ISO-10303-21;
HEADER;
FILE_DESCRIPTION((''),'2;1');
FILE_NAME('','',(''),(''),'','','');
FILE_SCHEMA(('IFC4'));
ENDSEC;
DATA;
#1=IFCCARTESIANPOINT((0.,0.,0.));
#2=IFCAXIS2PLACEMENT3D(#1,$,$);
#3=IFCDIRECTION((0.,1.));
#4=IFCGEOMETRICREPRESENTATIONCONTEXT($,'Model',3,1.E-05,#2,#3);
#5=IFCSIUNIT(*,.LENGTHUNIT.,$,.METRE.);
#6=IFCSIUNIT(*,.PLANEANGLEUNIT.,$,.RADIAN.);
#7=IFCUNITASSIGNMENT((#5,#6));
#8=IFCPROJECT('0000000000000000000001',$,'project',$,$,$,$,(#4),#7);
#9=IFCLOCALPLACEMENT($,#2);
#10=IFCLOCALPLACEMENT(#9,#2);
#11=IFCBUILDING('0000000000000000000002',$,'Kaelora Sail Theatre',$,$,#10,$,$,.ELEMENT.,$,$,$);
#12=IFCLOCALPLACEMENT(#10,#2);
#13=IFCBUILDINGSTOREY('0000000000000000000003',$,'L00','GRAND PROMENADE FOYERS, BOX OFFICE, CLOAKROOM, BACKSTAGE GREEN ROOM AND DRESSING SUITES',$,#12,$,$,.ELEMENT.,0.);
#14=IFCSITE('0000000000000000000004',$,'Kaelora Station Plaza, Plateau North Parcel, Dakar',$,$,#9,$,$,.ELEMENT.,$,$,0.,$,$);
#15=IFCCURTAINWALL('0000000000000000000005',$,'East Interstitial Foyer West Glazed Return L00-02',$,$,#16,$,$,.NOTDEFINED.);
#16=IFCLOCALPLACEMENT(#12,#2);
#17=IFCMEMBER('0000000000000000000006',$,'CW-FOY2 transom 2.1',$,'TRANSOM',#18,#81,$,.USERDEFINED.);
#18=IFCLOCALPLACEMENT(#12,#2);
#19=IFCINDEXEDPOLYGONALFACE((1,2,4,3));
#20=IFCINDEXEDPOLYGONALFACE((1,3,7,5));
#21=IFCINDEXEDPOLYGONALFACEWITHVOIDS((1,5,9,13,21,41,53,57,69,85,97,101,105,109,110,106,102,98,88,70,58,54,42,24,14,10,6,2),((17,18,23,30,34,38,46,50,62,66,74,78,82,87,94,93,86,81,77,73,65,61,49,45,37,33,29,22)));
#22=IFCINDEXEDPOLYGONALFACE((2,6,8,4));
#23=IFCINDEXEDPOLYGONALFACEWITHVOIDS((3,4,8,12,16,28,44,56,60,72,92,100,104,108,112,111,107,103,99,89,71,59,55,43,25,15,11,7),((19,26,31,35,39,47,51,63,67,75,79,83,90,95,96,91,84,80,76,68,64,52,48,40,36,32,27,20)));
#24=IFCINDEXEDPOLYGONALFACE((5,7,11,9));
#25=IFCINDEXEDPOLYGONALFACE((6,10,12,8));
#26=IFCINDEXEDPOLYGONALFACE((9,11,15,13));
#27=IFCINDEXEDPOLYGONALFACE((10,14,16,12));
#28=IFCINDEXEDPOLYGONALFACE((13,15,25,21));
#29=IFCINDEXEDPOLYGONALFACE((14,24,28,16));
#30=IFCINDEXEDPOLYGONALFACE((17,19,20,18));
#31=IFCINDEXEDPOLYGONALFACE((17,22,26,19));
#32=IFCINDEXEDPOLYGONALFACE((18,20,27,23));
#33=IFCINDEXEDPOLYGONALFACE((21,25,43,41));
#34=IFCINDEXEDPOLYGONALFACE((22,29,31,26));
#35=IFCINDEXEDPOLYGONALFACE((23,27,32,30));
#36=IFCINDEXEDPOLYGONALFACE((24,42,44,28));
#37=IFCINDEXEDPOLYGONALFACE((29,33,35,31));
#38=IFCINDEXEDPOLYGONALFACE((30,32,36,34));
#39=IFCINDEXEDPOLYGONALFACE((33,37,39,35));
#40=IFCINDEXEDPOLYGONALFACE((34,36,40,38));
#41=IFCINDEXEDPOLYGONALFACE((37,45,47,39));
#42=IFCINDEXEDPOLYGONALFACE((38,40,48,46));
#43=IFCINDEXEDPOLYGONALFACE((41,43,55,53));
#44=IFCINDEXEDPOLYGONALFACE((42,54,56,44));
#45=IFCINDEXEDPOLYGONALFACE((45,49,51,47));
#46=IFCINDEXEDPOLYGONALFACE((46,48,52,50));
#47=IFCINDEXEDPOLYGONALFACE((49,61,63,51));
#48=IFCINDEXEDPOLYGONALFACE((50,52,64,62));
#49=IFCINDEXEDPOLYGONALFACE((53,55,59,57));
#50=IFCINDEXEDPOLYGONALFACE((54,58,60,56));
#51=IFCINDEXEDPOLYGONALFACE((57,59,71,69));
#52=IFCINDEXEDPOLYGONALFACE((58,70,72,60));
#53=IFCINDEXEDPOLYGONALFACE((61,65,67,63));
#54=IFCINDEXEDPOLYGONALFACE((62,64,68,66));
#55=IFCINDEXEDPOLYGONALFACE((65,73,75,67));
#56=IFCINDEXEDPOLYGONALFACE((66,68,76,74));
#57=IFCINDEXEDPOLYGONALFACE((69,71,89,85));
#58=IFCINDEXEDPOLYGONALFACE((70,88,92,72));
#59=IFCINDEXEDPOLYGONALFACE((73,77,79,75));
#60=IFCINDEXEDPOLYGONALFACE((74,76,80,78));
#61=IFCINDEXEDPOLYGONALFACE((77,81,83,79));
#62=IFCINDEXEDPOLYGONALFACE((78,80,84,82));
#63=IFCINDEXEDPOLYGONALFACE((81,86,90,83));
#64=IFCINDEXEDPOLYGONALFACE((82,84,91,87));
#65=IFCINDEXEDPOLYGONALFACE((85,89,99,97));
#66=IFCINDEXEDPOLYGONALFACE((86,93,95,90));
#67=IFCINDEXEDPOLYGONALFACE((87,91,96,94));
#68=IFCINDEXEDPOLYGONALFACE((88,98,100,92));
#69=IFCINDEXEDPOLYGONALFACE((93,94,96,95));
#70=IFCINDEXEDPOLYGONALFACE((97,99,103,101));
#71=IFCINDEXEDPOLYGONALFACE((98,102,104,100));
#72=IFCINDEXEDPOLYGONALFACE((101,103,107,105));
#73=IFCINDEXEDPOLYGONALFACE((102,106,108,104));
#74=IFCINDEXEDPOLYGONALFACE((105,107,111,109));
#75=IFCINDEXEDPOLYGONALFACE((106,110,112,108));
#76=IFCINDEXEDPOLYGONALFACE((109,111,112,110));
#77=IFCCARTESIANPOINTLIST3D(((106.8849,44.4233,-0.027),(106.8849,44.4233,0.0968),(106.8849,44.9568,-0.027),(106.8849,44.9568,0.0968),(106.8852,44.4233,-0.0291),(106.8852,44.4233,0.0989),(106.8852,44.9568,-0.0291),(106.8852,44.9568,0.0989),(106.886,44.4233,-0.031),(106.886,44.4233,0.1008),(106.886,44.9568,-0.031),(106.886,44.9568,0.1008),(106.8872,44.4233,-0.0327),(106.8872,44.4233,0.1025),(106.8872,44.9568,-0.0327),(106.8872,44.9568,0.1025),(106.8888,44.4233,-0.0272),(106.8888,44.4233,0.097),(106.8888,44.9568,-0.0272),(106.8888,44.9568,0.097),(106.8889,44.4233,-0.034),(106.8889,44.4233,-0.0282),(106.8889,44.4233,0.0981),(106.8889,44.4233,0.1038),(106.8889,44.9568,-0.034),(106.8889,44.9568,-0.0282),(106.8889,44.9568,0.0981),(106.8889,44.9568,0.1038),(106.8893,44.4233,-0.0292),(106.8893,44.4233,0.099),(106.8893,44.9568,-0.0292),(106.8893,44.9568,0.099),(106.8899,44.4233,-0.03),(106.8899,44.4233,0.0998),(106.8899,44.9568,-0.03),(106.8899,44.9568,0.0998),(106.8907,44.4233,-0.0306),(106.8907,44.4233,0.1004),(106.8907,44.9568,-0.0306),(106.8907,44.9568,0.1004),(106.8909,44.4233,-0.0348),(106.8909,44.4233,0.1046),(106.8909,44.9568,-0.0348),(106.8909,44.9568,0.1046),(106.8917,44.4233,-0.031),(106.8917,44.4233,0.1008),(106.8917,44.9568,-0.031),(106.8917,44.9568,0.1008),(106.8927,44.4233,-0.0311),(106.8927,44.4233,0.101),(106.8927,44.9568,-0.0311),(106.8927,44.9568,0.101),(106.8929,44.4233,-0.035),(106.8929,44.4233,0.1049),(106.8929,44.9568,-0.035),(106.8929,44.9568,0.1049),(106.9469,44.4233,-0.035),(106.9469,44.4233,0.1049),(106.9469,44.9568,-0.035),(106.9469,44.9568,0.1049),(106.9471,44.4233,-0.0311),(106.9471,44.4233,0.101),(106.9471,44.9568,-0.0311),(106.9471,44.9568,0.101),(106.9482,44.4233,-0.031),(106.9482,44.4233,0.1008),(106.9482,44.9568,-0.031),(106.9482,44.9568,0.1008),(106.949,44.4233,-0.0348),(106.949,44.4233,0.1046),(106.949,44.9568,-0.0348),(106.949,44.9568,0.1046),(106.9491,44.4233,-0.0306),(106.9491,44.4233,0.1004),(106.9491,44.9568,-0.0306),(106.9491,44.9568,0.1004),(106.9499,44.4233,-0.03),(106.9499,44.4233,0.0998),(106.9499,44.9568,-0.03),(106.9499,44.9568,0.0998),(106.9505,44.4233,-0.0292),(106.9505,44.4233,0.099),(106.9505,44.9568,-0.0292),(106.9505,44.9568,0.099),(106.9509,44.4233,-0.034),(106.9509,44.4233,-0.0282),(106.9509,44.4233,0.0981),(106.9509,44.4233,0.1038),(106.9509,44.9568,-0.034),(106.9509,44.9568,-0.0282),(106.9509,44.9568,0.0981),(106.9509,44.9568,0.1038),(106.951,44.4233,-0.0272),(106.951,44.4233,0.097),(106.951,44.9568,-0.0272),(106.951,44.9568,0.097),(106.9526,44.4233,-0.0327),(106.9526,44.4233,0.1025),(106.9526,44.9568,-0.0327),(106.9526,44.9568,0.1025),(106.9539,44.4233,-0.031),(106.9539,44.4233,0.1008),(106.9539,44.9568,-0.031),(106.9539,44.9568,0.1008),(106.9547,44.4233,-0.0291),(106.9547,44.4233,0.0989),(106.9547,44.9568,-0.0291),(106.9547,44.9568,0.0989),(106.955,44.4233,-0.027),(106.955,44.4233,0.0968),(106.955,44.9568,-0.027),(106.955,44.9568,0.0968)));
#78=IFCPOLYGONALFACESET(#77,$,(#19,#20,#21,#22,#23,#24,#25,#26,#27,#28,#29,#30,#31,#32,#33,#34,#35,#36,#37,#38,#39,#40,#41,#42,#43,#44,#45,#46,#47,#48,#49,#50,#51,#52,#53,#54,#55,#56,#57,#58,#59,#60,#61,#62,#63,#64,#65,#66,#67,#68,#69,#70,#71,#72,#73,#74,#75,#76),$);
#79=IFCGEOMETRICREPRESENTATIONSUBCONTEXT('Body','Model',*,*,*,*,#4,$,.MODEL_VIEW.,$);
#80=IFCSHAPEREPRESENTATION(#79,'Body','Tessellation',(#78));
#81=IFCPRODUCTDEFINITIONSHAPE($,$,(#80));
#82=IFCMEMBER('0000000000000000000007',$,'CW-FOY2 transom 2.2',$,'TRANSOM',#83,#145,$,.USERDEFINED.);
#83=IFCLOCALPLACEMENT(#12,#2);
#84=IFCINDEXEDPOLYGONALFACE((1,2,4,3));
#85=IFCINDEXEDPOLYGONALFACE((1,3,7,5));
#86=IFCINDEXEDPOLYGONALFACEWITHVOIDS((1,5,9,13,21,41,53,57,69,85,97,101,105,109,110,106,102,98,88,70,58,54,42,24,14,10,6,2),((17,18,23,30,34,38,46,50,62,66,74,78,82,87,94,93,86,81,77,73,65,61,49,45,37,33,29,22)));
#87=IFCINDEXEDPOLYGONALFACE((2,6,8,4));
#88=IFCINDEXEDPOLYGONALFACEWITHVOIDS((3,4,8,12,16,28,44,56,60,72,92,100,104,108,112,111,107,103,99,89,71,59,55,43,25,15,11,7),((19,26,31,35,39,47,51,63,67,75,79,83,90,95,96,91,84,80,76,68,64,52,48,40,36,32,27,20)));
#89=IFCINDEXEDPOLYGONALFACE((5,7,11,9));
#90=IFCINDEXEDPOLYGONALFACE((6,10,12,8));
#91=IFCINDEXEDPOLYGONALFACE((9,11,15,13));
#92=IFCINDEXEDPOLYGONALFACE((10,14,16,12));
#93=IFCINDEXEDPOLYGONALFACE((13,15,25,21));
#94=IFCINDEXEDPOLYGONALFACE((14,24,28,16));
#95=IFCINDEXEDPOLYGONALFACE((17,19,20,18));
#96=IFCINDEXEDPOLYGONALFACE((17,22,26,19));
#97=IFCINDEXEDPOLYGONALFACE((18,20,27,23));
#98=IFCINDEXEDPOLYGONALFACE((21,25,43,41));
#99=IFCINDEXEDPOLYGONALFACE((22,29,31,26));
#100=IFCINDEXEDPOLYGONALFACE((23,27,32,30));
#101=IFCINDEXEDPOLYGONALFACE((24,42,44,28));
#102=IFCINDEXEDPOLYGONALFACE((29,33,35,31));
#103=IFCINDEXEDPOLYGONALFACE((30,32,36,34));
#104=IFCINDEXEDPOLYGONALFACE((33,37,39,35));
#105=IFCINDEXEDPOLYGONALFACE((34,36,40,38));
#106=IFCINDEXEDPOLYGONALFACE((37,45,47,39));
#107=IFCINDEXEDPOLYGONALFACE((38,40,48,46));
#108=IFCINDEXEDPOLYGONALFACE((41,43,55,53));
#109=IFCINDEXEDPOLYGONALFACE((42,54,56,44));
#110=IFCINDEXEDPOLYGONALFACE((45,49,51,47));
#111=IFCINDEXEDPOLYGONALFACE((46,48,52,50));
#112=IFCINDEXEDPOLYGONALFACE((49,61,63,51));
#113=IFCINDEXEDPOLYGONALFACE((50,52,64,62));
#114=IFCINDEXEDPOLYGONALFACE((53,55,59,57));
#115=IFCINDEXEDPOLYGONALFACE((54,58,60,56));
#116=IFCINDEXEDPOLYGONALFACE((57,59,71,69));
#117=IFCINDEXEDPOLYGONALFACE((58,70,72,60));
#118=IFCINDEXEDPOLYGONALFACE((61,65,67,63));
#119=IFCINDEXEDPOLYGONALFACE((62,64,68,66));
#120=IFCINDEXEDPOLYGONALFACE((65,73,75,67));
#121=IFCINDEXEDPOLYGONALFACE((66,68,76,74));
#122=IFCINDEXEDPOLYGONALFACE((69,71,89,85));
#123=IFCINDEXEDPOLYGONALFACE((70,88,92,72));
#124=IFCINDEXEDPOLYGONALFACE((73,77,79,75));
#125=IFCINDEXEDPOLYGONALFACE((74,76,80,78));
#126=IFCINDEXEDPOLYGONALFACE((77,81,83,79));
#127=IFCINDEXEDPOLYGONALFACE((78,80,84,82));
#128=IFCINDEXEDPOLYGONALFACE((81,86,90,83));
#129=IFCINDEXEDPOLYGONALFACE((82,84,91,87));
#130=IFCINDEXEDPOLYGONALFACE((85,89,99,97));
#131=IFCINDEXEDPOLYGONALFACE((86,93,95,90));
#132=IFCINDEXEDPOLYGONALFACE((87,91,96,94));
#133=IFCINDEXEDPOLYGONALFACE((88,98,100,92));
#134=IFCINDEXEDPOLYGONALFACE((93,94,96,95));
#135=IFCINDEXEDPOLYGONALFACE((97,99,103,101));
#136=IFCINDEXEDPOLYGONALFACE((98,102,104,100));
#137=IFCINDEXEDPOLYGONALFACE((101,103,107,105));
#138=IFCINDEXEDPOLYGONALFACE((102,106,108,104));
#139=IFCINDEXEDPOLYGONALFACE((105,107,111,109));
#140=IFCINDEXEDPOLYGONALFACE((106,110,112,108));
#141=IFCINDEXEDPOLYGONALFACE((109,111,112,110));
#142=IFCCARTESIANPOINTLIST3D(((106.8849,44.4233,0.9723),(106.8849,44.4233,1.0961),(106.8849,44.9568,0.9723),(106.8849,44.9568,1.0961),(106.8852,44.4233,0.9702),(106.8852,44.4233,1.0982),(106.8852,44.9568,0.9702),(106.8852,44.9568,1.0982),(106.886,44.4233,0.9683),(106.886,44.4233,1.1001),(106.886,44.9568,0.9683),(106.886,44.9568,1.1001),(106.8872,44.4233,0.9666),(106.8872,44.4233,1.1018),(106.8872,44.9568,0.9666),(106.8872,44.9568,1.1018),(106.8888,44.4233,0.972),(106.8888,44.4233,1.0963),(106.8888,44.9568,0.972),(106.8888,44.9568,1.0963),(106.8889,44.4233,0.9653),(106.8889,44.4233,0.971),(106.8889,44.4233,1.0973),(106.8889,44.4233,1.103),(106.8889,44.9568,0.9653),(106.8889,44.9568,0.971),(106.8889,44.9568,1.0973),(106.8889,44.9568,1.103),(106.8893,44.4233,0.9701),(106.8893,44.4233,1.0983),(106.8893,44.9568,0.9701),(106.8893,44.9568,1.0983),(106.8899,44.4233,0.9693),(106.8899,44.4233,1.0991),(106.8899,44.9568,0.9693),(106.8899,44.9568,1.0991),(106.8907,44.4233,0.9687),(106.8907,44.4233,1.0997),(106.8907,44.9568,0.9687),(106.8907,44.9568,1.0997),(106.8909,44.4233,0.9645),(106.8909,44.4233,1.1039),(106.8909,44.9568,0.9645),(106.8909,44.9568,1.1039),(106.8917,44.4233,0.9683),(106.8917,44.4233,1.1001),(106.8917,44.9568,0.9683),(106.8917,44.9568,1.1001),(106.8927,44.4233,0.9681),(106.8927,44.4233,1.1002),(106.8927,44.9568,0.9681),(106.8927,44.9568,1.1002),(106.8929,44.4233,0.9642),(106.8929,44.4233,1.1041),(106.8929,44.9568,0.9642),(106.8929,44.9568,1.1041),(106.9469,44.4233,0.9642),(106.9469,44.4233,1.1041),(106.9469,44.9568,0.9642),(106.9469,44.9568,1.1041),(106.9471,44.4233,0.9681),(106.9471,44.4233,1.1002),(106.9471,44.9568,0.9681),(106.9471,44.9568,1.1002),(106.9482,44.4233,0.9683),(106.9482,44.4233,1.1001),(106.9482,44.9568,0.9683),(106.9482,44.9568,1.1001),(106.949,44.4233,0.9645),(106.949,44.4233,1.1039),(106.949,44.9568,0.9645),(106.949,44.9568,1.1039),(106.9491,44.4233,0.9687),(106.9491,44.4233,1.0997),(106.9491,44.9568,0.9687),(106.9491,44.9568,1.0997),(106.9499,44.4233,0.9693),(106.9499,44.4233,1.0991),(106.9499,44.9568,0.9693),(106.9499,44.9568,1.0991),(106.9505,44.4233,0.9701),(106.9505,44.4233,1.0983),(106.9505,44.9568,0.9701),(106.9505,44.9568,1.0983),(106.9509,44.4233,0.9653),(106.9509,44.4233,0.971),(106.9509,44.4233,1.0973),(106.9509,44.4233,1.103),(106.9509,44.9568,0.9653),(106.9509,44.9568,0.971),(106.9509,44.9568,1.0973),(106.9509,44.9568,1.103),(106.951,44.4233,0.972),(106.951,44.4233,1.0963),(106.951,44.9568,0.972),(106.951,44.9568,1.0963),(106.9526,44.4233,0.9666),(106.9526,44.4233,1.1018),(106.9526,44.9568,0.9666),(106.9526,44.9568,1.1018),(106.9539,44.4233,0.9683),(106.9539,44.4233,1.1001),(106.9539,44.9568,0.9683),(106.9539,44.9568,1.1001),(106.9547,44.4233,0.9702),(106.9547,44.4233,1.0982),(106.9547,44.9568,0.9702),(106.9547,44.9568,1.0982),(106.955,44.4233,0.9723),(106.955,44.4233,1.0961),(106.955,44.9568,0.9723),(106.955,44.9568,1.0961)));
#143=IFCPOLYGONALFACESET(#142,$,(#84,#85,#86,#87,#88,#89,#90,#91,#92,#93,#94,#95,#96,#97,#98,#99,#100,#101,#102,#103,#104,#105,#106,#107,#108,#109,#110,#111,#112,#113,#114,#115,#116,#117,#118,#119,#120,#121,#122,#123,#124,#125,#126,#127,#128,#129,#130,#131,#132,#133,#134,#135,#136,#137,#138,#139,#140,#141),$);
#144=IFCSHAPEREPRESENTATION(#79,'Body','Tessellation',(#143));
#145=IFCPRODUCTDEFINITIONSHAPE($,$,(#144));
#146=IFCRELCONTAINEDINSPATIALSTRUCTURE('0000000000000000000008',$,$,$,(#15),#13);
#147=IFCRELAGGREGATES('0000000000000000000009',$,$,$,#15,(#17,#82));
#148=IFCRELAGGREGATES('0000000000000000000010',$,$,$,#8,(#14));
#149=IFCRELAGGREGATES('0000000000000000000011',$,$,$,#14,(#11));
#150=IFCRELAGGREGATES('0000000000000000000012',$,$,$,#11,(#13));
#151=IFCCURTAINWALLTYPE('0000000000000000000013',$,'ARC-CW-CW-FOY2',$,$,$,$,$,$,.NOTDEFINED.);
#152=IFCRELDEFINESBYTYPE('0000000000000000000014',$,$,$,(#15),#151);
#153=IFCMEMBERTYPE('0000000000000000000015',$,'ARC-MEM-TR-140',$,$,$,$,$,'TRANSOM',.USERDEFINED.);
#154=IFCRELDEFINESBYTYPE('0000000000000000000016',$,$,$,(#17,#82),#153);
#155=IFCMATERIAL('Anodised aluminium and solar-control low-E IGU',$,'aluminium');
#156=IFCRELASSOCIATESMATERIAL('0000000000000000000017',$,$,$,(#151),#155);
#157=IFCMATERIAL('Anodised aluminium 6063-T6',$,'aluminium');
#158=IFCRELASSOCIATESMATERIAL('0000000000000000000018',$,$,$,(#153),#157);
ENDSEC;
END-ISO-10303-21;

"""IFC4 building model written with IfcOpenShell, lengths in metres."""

from ifc_helpers import new_model, si_unit, direction, frame, origin, origin_2d, place, context, subcontext, project, spatial, hollow_rectangle, extrude, material, material_profile, profile_set, type_object, element, aggregate, save


model = new_model("IFC4")

# Units and contexts
model_context = context("Model", 3, precision=1e-05, world=origin(), true_north=direction((0.0, 1.0)))
body_context = subcontext(model_context, "Body", "Model", "MODEL_VIEW")
ifc_project = project(units=[si_unit("LENGTHUNIT", "METRE"), si_unit("PLANEANGLEUNIT", "RADIAN")], contexts=[model_context])

# Site, building, storey
site_placement = place(None, origin())
site = spatial("IfcSite", under=ifc_project, at=site_placement, Name="Kaelora Station Plaza, Plateau North Parcel, Dakar", CompositionType="ELEMENT", RefElevation=0.0)
building_placement = place(site_placement, origin())
building = spatial("IfcBuilding", under=site, at=building_placement, Name="Kaelora Sail Theatre", CompositionType="ELEMENT")
storey_placement = place(building_placement, origin())
storey = spatial("IfcBuildingStorey", under=building, at=storey_placement, Name="L00", Description="GRAND PROMENADE FOYERS, BOX OFFICE, CLOAKROOM, BACKSTAGE GREEN ROOM AND DRESSING SUITES", CompositionType="ELEMENT", Elevation=0.0)

# Shared definitions
ifc_material_1 = material(Name="Anodised aluminium and solar-control low-E IGU", Category="aluminium")
curtain_wall_type = type_object("IfcCurtainWallType", Name="ARC-CW-CW-FOY2", PredefinedType="NOTDEFINED", material=ifc_material_1)

# Curtain wall
curtain_wall_1_placement = place(storey_placement, origin())
curtain_wall_1 = element("IfcCurtainWall", 1, at=curtain_wall_1_placement, inside=storey, type_object=curtain_wall_type, Name="East Interstitial Foyer West Glazed Return L00-02", PredefinedType="NOTDEFINED")

# Members
ifc_material_2 = material(Name="Anodised aluminium 6063-T6", Category="aluminium")
ifc_material_profile_1 = material_profile(ifc_material_2, hollow_rectangle(XDim=0.0701, YDim=0.1399, WallThickness=0.0039, InnerFilletRadius=0.0039, OuterFilletRadius=0.0081, at=origin_2d()), Name="ALU-TRAN 70x140x4")
ifc_profile_set_1 = profile_set([ifc_material_profile_1], Name="Anodised aluminium 6063-T6")
member_type_1 = type_object("IfcMemberType", Name="ARC-MEM-TR-140", ElementType="TRANSOM", PredefinedType="USERDEFINED", material=ifc_profile_set_1)
member_1_placement = place(storey_placement, frame((106.9199, 44.4233, 0.0349), z_axis=(0.0, 1.0, 0.0), x_axis=(-1.0, 0.0, 0.0)))
member_1 = element("IfcMember", 2, at=member_1_placement, type_object=member_type_1, Name="CW-FOY2 transom 2.1", ObjectType="TRANSOM", PredefinedType="USERDEFINED", context=body_context, shape_type="SweptSolid", body=[
    extrude(hollow_rectangle(XDim=0.0701, YDim=0.1399, WallThickness=0.0039, InnerFilletRadius=0.0039, OuterFilletRadius=0.0081, at=origin_2d()), origin(), (0.0, 0.0, 1.0), 0.5334),
])
member_2_placement = place(storey_placement, frame((106.9199, 44.4233, 1.0342), z_axis=(0.0, 1.0, 0.0), x_axis=(-1.0, 0.0, 0.0)))
member_2 = element("IfcMember", 3, at=member_2_placement, type_object=member_type_1, Name="CW-FOY2 transom 2.2", ObjectType="TRANSOM", PredefinedType="USERDEFINED", context=body_context, shape_type="SweptSolid", body=[
    extrude(hollow_rectangle(XDim=0.0701, YDim=0.1399, WallThickness=0.0039, InnerFilletRadius=0.0039, OuterFilletRadius=0.0081, at=origin_2d()), origin(), (0.0, 0.0, 1.0), 0.5334),
])

aggregate(curtain_wall_1, [member_1, member_2])

save(model, "model.ifc")
